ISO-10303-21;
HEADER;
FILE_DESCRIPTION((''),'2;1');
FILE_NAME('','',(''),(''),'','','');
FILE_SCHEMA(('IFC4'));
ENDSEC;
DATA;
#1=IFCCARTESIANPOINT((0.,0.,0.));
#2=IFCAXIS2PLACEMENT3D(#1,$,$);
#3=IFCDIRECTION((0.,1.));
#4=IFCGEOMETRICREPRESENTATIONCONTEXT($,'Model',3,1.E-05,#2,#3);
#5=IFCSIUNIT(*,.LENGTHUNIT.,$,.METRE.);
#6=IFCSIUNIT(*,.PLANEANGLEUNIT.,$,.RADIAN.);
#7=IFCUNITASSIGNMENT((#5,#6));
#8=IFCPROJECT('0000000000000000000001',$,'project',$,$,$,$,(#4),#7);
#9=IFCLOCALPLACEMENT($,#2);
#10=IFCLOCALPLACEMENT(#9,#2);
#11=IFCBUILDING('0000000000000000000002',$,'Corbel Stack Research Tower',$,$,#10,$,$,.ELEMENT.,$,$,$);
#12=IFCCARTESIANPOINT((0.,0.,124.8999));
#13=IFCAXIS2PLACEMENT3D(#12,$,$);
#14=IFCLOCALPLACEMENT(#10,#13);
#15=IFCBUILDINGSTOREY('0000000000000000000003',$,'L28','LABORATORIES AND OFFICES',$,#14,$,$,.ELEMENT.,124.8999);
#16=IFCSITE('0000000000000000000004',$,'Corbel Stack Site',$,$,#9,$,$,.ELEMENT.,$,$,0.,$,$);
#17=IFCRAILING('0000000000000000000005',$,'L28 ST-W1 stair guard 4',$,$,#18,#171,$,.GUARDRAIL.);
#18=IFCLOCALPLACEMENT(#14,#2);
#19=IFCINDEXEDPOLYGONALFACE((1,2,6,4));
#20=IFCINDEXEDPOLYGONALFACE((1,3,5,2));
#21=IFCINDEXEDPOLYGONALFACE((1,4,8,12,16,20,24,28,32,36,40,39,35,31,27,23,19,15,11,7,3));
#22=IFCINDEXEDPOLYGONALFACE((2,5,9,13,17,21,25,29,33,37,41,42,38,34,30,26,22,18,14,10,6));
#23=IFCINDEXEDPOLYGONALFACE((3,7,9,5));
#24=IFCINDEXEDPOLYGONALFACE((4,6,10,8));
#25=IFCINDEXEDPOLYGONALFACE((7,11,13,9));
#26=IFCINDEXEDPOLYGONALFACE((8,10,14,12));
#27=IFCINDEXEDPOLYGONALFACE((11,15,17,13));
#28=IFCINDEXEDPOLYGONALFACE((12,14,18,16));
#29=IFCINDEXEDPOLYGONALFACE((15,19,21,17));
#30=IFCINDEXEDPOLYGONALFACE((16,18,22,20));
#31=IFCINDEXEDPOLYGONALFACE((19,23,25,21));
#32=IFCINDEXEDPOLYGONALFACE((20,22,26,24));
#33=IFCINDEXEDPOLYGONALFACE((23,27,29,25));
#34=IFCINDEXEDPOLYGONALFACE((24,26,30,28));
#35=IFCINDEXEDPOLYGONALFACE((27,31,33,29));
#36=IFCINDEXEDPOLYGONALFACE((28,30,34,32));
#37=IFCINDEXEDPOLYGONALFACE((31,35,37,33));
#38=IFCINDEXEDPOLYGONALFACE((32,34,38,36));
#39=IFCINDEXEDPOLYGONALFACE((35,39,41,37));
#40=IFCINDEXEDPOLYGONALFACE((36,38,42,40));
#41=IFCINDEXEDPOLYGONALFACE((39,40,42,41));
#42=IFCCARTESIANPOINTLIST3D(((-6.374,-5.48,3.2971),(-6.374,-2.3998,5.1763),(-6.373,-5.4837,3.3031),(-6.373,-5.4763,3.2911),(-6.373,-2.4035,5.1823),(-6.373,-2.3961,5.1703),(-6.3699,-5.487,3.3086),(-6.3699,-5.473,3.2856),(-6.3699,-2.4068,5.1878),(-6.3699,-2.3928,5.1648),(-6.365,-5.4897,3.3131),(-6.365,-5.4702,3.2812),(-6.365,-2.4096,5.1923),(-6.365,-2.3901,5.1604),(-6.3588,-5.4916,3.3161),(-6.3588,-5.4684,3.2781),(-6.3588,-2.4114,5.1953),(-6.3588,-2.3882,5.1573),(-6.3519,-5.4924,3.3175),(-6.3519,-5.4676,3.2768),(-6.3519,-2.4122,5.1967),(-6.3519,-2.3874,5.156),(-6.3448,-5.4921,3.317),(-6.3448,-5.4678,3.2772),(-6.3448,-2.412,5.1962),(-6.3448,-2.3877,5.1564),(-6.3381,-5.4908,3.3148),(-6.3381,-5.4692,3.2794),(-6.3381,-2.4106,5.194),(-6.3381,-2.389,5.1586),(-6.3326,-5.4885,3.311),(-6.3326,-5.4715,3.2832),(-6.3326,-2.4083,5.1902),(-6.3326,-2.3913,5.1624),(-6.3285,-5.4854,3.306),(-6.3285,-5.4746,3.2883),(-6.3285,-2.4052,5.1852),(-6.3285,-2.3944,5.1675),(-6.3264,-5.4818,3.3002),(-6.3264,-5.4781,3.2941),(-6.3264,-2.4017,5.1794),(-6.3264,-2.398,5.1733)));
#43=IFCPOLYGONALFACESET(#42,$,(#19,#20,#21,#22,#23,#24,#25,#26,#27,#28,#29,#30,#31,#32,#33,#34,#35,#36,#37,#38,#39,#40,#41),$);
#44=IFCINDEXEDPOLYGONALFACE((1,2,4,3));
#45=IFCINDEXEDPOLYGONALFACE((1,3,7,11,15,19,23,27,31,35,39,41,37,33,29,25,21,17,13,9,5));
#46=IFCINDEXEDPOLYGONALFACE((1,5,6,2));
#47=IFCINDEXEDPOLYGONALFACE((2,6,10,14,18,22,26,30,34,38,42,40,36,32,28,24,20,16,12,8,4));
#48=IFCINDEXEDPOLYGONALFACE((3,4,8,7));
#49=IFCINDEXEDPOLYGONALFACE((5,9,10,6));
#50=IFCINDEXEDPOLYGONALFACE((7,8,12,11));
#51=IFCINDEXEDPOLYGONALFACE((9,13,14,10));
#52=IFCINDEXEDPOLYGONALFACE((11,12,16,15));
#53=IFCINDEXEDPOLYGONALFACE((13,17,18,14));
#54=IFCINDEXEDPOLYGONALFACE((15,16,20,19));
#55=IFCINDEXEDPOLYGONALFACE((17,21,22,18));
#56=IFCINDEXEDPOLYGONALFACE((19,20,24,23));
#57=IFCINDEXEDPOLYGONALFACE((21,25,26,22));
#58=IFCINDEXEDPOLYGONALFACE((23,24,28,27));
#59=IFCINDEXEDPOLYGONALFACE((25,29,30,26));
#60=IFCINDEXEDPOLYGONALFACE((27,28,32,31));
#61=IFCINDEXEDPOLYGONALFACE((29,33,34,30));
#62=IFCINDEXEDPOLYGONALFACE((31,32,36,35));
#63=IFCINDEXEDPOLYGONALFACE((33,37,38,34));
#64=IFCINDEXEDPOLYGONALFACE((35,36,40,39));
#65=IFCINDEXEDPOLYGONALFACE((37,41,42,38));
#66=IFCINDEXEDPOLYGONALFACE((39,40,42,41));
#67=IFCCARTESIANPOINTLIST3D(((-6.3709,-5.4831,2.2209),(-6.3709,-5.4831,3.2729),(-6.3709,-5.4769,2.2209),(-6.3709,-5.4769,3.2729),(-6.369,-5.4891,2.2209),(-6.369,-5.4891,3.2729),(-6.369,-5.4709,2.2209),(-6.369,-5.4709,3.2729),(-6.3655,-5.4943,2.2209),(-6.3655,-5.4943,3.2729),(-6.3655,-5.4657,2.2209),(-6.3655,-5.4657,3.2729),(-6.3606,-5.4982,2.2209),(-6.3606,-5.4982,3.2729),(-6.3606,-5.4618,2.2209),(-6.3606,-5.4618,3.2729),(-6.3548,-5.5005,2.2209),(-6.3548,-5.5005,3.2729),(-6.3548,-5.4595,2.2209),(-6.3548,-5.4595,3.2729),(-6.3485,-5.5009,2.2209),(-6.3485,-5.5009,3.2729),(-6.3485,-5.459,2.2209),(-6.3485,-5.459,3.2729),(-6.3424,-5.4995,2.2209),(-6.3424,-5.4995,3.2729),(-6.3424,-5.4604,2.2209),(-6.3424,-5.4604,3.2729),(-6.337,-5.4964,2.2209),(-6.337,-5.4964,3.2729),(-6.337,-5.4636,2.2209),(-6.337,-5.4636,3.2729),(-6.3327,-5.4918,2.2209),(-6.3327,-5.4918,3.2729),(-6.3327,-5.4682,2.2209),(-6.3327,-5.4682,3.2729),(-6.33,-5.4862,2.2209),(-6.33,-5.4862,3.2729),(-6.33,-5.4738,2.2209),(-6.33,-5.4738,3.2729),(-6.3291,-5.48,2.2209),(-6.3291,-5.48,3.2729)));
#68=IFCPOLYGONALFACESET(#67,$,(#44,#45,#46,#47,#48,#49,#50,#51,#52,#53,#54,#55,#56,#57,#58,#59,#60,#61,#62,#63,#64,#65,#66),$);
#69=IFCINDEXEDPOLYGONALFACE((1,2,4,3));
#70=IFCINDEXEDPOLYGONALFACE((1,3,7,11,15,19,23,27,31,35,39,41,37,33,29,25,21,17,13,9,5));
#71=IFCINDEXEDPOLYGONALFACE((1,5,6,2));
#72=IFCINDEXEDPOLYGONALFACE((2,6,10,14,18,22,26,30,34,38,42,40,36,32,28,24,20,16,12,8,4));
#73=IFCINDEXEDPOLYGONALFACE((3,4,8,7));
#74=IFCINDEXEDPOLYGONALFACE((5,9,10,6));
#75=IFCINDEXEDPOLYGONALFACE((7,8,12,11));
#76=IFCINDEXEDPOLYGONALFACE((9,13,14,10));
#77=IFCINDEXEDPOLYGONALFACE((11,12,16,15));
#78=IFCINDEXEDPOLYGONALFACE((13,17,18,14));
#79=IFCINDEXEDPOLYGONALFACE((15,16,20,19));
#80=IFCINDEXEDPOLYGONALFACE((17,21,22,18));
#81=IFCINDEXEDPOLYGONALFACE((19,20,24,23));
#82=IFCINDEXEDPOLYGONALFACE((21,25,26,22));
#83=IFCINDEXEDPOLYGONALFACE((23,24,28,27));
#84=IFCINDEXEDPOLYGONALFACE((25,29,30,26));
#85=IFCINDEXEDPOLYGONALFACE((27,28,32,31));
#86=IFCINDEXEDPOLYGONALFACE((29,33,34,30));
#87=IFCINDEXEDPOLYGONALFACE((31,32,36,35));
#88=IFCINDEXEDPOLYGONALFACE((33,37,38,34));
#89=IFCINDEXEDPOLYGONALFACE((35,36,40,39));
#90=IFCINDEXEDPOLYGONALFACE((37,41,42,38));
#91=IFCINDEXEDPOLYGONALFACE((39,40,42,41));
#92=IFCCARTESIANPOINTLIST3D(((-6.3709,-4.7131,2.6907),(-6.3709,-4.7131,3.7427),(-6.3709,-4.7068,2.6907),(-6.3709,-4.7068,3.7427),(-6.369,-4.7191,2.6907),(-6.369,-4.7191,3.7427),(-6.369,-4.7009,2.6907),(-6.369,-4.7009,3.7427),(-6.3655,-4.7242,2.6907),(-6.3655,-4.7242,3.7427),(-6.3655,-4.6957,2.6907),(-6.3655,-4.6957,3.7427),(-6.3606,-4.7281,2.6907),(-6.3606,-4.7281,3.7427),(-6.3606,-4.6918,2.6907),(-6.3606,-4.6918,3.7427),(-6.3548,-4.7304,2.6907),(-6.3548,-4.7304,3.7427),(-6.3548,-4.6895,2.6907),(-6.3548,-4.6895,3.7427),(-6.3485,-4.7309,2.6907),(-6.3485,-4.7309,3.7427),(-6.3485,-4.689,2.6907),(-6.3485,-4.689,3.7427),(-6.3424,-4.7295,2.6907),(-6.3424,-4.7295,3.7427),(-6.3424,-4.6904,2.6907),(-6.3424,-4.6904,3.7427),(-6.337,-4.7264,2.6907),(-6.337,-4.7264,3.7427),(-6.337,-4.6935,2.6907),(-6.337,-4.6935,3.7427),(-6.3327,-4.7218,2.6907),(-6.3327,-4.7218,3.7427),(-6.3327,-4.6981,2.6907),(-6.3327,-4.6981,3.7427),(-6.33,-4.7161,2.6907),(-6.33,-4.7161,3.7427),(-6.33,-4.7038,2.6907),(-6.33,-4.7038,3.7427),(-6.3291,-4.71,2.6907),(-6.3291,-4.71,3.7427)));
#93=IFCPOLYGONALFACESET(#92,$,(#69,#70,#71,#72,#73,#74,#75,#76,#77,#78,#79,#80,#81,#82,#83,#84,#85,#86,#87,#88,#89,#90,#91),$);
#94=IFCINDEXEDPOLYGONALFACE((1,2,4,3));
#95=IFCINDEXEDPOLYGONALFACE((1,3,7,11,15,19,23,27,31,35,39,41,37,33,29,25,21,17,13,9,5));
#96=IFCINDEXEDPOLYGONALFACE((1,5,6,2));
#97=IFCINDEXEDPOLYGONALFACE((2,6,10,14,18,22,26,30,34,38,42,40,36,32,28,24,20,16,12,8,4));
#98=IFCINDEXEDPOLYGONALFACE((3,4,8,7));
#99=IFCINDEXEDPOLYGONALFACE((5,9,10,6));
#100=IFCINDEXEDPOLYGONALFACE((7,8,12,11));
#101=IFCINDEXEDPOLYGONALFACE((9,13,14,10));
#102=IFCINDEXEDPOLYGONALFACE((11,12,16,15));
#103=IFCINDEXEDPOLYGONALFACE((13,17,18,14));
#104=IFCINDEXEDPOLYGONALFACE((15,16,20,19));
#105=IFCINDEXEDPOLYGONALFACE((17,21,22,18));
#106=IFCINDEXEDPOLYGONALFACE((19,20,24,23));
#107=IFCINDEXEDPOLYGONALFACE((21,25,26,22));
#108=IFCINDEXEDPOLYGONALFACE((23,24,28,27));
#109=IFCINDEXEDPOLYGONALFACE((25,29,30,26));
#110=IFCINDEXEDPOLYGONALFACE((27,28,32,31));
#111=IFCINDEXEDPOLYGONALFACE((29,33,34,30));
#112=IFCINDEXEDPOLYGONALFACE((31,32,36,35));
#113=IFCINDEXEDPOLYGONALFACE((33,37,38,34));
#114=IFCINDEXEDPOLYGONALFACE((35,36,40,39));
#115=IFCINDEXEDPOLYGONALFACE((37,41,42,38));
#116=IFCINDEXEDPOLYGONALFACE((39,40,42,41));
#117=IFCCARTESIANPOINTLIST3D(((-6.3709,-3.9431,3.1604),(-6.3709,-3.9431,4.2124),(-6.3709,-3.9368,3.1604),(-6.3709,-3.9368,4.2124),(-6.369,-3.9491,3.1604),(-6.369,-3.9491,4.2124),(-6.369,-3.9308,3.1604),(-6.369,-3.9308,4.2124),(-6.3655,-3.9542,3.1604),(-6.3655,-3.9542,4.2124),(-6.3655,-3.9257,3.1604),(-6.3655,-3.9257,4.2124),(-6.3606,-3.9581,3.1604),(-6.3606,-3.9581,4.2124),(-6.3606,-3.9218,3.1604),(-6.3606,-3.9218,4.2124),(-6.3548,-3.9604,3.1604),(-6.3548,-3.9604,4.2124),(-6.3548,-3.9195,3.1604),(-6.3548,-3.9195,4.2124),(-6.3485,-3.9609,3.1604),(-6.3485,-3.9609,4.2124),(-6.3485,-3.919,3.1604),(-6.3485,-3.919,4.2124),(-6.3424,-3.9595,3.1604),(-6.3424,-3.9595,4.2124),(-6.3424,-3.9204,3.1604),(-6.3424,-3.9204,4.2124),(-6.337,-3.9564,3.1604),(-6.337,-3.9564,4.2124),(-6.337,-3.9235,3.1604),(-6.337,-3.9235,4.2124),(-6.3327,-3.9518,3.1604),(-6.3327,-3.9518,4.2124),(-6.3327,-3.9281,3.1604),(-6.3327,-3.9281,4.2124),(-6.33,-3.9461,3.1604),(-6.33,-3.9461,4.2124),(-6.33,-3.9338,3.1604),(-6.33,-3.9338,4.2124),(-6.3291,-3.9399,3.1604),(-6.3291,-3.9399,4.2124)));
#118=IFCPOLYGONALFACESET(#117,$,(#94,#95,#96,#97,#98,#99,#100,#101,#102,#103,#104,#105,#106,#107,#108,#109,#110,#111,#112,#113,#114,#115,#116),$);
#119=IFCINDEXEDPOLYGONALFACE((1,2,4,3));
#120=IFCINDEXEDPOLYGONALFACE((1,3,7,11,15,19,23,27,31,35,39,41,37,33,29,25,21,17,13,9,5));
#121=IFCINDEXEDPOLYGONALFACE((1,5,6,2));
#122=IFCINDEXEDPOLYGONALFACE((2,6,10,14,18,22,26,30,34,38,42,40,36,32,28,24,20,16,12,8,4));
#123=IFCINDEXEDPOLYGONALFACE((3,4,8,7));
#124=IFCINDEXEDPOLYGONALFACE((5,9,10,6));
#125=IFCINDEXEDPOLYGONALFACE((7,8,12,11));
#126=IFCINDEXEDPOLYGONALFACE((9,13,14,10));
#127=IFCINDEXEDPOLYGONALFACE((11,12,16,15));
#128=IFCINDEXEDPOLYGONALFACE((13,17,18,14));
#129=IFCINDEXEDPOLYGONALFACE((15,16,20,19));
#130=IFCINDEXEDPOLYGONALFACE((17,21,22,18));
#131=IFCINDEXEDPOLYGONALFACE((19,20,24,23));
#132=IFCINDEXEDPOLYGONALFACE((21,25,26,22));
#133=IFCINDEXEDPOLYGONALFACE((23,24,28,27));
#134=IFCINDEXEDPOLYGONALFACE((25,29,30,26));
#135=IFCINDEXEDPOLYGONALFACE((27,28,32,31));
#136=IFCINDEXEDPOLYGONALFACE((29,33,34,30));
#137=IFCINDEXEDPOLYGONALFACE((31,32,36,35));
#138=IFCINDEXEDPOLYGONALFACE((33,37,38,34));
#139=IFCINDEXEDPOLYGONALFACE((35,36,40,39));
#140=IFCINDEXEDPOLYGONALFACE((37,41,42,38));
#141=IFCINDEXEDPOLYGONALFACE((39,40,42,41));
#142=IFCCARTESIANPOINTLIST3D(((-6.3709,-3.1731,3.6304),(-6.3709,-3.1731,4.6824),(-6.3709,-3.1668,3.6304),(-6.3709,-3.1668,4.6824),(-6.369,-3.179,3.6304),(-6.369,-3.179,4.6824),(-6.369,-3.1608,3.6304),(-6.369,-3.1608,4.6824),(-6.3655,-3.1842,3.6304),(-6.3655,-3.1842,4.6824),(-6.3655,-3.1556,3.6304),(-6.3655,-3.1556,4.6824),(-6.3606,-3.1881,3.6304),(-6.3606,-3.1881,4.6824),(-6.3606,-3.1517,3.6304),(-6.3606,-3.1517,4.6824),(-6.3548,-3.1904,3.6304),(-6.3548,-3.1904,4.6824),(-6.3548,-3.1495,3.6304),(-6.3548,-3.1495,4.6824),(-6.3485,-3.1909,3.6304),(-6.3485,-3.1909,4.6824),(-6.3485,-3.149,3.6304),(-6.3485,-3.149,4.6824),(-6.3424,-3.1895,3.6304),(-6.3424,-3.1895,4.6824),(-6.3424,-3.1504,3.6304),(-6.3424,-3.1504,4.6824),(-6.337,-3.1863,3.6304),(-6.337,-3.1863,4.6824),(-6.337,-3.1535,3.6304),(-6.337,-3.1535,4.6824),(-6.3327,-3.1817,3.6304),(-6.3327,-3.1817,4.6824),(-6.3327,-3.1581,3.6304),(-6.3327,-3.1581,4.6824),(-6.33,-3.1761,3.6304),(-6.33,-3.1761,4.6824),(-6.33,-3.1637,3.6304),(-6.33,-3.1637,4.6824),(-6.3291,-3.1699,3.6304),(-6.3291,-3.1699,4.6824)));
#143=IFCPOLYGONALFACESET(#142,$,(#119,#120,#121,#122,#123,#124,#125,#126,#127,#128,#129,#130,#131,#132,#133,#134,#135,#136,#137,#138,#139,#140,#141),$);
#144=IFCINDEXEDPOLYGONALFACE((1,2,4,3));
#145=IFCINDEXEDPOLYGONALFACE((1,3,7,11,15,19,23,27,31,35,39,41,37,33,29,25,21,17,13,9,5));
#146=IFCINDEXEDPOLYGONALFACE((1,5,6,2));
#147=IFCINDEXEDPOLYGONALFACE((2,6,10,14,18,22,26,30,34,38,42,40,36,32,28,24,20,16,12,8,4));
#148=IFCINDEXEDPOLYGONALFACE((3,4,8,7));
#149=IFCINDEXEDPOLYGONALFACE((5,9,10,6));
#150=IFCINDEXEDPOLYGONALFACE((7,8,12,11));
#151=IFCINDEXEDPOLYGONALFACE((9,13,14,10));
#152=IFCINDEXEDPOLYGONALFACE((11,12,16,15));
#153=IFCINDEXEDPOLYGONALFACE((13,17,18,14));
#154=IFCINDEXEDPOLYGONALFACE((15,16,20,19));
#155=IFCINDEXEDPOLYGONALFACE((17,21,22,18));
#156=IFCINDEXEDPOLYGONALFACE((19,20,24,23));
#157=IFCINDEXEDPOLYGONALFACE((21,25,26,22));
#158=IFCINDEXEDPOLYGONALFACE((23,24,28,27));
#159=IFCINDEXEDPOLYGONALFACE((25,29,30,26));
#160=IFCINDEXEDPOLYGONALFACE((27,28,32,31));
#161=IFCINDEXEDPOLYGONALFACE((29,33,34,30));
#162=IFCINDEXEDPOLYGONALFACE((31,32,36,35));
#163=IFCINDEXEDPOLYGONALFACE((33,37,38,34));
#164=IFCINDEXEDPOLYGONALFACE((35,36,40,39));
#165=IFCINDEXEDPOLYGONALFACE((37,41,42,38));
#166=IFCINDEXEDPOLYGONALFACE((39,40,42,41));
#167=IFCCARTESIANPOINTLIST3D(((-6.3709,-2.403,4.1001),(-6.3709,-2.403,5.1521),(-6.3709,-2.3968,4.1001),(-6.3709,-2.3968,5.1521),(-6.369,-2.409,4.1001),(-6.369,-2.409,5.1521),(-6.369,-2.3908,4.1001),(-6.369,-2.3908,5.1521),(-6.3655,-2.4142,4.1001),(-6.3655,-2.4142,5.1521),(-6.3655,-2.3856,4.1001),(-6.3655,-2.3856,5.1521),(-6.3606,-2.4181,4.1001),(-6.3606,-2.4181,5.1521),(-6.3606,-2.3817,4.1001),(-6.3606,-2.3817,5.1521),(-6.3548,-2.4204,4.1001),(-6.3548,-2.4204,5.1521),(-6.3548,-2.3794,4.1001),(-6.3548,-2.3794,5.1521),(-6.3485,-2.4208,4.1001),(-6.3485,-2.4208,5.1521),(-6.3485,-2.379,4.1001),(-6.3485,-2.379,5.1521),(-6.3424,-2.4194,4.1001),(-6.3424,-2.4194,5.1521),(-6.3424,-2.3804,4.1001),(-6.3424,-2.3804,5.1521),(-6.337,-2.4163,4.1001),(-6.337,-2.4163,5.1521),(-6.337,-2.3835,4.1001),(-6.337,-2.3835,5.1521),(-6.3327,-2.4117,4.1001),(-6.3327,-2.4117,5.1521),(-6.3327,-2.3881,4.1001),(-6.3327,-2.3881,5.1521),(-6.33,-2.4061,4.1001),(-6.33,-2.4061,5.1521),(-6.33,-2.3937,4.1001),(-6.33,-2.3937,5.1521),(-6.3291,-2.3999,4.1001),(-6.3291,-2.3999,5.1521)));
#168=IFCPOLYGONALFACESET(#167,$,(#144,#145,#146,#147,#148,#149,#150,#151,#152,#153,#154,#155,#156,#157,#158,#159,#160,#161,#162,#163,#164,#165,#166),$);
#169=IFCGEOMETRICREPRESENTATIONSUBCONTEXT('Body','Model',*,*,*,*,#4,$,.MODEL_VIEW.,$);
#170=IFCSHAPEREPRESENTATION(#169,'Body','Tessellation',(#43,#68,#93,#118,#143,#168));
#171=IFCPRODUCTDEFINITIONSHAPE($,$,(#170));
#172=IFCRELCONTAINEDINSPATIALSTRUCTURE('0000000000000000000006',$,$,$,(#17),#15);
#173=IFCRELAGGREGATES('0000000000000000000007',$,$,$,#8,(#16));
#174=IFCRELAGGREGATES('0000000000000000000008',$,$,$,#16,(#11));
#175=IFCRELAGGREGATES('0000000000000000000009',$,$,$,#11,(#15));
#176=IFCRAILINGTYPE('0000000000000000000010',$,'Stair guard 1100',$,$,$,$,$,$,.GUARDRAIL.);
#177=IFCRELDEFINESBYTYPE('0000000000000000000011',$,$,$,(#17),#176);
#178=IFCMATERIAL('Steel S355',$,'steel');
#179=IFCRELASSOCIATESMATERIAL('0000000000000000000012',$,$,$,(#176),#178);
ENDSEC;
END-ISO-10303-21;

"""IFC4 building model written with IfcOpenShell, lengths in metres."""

from ifc_helpers import new_model, si_unit, direction, frame, origin, origin_2d, place, context, subcontext, project, spatial, circle, extrude, material, type_object, element, save


model = new_model("IFC4")

# Units and contexts
model_context = context("Model", 3, precision=1e-05, world=origin(), true_north=direction((0.0, 1.0)))
body_context = subcontext(model_context, "Body", "Model", "MODEL_VIEW")
ifc_project = project(units=[si_unit("LENGTHUNIT", "METRE"), si_unit("PLANEANGLEUNIT", "RADIAN")], contexts=[model_context])

# Site, building, storey
site_placement = place(None, origin())
site = spatial("IfcSite", under=ifc_project, at=site_placement, Name="Corbel Stack Site", CompositionType="ELEMENT", RefElevation=0.0)
building_placement = place(site_placement, origin())
building = spatial("IfcBuilding", under=site, at=building_placement, Name="Corbel Stack Research Tower", CompositionType="ELEMENT")
storey_placement = place(building_placement, frame((0.0, 0.0, 124.8999)))
storey = spatial("IfcBuildingStorey", under=building, at=storey_placement, Name="L28", Description="LABORATORIES AND OFFICES", CompositionType="ELEMENT", Elevation=124.8999)

# Railing
ifc_material_1 = material(Name="Steel S355", Category="steel")
railing_type_1 = type_object("IfcRailingType", Name="Stair guard 1100", PredefinedType="GUARDRAIL", material=ifc_material_1)
railing_1_placement = place(storey_placement, frame((-6.3501, -5.48, 2.2209)))
element("IfcRailing", 1, at=railing_1_placement, inside=storey, type_object=railing_type_1, Name="L28 ST-W1 stair guard 4", PredefinedType="GUARDRAIL", context=body_context, shape_type="SweptSolid", body=[
    extrude(circle(Radius=0.0239, at=origin_2d()), frame((0.0, 0.0, 1.0762), z_axis=(0.0, 0.853666, 0.52082), x_axis=(-1.0, 0.0, 0.0)), (0.0, 0.0, 1.0), 3.6082),
    extrude(circle(Radius=0.021, at=origin_2d()), origin(), (0.0, 0.0, 1.0), 1.052),
    extrude(circle(Radius=0.021, at=origin_2d()), frame((0.0, 0.77, 0.4697)), (0.0, 0.0, 1.0), 1.052),
    extrude(circle(Radius=0.021, at=origin_2d()), frame((0.0, 1.54, 0.9395)), (0.0, 0.0, 1.0), 1.052),
    extrude(circle(Radius=0.021, at=origin_2d()), frame((0.0, 2.3101, 1.4094)), (0.0, 0.0, 1.0), 1.052),
    extrude(circle(Radius=0.021, at=origin_2d()), frame((0.0, 3.0801, 1.8792)), (0.0, 0.0, 1.0), 1.052),
])

save(model, "model.ifc")
